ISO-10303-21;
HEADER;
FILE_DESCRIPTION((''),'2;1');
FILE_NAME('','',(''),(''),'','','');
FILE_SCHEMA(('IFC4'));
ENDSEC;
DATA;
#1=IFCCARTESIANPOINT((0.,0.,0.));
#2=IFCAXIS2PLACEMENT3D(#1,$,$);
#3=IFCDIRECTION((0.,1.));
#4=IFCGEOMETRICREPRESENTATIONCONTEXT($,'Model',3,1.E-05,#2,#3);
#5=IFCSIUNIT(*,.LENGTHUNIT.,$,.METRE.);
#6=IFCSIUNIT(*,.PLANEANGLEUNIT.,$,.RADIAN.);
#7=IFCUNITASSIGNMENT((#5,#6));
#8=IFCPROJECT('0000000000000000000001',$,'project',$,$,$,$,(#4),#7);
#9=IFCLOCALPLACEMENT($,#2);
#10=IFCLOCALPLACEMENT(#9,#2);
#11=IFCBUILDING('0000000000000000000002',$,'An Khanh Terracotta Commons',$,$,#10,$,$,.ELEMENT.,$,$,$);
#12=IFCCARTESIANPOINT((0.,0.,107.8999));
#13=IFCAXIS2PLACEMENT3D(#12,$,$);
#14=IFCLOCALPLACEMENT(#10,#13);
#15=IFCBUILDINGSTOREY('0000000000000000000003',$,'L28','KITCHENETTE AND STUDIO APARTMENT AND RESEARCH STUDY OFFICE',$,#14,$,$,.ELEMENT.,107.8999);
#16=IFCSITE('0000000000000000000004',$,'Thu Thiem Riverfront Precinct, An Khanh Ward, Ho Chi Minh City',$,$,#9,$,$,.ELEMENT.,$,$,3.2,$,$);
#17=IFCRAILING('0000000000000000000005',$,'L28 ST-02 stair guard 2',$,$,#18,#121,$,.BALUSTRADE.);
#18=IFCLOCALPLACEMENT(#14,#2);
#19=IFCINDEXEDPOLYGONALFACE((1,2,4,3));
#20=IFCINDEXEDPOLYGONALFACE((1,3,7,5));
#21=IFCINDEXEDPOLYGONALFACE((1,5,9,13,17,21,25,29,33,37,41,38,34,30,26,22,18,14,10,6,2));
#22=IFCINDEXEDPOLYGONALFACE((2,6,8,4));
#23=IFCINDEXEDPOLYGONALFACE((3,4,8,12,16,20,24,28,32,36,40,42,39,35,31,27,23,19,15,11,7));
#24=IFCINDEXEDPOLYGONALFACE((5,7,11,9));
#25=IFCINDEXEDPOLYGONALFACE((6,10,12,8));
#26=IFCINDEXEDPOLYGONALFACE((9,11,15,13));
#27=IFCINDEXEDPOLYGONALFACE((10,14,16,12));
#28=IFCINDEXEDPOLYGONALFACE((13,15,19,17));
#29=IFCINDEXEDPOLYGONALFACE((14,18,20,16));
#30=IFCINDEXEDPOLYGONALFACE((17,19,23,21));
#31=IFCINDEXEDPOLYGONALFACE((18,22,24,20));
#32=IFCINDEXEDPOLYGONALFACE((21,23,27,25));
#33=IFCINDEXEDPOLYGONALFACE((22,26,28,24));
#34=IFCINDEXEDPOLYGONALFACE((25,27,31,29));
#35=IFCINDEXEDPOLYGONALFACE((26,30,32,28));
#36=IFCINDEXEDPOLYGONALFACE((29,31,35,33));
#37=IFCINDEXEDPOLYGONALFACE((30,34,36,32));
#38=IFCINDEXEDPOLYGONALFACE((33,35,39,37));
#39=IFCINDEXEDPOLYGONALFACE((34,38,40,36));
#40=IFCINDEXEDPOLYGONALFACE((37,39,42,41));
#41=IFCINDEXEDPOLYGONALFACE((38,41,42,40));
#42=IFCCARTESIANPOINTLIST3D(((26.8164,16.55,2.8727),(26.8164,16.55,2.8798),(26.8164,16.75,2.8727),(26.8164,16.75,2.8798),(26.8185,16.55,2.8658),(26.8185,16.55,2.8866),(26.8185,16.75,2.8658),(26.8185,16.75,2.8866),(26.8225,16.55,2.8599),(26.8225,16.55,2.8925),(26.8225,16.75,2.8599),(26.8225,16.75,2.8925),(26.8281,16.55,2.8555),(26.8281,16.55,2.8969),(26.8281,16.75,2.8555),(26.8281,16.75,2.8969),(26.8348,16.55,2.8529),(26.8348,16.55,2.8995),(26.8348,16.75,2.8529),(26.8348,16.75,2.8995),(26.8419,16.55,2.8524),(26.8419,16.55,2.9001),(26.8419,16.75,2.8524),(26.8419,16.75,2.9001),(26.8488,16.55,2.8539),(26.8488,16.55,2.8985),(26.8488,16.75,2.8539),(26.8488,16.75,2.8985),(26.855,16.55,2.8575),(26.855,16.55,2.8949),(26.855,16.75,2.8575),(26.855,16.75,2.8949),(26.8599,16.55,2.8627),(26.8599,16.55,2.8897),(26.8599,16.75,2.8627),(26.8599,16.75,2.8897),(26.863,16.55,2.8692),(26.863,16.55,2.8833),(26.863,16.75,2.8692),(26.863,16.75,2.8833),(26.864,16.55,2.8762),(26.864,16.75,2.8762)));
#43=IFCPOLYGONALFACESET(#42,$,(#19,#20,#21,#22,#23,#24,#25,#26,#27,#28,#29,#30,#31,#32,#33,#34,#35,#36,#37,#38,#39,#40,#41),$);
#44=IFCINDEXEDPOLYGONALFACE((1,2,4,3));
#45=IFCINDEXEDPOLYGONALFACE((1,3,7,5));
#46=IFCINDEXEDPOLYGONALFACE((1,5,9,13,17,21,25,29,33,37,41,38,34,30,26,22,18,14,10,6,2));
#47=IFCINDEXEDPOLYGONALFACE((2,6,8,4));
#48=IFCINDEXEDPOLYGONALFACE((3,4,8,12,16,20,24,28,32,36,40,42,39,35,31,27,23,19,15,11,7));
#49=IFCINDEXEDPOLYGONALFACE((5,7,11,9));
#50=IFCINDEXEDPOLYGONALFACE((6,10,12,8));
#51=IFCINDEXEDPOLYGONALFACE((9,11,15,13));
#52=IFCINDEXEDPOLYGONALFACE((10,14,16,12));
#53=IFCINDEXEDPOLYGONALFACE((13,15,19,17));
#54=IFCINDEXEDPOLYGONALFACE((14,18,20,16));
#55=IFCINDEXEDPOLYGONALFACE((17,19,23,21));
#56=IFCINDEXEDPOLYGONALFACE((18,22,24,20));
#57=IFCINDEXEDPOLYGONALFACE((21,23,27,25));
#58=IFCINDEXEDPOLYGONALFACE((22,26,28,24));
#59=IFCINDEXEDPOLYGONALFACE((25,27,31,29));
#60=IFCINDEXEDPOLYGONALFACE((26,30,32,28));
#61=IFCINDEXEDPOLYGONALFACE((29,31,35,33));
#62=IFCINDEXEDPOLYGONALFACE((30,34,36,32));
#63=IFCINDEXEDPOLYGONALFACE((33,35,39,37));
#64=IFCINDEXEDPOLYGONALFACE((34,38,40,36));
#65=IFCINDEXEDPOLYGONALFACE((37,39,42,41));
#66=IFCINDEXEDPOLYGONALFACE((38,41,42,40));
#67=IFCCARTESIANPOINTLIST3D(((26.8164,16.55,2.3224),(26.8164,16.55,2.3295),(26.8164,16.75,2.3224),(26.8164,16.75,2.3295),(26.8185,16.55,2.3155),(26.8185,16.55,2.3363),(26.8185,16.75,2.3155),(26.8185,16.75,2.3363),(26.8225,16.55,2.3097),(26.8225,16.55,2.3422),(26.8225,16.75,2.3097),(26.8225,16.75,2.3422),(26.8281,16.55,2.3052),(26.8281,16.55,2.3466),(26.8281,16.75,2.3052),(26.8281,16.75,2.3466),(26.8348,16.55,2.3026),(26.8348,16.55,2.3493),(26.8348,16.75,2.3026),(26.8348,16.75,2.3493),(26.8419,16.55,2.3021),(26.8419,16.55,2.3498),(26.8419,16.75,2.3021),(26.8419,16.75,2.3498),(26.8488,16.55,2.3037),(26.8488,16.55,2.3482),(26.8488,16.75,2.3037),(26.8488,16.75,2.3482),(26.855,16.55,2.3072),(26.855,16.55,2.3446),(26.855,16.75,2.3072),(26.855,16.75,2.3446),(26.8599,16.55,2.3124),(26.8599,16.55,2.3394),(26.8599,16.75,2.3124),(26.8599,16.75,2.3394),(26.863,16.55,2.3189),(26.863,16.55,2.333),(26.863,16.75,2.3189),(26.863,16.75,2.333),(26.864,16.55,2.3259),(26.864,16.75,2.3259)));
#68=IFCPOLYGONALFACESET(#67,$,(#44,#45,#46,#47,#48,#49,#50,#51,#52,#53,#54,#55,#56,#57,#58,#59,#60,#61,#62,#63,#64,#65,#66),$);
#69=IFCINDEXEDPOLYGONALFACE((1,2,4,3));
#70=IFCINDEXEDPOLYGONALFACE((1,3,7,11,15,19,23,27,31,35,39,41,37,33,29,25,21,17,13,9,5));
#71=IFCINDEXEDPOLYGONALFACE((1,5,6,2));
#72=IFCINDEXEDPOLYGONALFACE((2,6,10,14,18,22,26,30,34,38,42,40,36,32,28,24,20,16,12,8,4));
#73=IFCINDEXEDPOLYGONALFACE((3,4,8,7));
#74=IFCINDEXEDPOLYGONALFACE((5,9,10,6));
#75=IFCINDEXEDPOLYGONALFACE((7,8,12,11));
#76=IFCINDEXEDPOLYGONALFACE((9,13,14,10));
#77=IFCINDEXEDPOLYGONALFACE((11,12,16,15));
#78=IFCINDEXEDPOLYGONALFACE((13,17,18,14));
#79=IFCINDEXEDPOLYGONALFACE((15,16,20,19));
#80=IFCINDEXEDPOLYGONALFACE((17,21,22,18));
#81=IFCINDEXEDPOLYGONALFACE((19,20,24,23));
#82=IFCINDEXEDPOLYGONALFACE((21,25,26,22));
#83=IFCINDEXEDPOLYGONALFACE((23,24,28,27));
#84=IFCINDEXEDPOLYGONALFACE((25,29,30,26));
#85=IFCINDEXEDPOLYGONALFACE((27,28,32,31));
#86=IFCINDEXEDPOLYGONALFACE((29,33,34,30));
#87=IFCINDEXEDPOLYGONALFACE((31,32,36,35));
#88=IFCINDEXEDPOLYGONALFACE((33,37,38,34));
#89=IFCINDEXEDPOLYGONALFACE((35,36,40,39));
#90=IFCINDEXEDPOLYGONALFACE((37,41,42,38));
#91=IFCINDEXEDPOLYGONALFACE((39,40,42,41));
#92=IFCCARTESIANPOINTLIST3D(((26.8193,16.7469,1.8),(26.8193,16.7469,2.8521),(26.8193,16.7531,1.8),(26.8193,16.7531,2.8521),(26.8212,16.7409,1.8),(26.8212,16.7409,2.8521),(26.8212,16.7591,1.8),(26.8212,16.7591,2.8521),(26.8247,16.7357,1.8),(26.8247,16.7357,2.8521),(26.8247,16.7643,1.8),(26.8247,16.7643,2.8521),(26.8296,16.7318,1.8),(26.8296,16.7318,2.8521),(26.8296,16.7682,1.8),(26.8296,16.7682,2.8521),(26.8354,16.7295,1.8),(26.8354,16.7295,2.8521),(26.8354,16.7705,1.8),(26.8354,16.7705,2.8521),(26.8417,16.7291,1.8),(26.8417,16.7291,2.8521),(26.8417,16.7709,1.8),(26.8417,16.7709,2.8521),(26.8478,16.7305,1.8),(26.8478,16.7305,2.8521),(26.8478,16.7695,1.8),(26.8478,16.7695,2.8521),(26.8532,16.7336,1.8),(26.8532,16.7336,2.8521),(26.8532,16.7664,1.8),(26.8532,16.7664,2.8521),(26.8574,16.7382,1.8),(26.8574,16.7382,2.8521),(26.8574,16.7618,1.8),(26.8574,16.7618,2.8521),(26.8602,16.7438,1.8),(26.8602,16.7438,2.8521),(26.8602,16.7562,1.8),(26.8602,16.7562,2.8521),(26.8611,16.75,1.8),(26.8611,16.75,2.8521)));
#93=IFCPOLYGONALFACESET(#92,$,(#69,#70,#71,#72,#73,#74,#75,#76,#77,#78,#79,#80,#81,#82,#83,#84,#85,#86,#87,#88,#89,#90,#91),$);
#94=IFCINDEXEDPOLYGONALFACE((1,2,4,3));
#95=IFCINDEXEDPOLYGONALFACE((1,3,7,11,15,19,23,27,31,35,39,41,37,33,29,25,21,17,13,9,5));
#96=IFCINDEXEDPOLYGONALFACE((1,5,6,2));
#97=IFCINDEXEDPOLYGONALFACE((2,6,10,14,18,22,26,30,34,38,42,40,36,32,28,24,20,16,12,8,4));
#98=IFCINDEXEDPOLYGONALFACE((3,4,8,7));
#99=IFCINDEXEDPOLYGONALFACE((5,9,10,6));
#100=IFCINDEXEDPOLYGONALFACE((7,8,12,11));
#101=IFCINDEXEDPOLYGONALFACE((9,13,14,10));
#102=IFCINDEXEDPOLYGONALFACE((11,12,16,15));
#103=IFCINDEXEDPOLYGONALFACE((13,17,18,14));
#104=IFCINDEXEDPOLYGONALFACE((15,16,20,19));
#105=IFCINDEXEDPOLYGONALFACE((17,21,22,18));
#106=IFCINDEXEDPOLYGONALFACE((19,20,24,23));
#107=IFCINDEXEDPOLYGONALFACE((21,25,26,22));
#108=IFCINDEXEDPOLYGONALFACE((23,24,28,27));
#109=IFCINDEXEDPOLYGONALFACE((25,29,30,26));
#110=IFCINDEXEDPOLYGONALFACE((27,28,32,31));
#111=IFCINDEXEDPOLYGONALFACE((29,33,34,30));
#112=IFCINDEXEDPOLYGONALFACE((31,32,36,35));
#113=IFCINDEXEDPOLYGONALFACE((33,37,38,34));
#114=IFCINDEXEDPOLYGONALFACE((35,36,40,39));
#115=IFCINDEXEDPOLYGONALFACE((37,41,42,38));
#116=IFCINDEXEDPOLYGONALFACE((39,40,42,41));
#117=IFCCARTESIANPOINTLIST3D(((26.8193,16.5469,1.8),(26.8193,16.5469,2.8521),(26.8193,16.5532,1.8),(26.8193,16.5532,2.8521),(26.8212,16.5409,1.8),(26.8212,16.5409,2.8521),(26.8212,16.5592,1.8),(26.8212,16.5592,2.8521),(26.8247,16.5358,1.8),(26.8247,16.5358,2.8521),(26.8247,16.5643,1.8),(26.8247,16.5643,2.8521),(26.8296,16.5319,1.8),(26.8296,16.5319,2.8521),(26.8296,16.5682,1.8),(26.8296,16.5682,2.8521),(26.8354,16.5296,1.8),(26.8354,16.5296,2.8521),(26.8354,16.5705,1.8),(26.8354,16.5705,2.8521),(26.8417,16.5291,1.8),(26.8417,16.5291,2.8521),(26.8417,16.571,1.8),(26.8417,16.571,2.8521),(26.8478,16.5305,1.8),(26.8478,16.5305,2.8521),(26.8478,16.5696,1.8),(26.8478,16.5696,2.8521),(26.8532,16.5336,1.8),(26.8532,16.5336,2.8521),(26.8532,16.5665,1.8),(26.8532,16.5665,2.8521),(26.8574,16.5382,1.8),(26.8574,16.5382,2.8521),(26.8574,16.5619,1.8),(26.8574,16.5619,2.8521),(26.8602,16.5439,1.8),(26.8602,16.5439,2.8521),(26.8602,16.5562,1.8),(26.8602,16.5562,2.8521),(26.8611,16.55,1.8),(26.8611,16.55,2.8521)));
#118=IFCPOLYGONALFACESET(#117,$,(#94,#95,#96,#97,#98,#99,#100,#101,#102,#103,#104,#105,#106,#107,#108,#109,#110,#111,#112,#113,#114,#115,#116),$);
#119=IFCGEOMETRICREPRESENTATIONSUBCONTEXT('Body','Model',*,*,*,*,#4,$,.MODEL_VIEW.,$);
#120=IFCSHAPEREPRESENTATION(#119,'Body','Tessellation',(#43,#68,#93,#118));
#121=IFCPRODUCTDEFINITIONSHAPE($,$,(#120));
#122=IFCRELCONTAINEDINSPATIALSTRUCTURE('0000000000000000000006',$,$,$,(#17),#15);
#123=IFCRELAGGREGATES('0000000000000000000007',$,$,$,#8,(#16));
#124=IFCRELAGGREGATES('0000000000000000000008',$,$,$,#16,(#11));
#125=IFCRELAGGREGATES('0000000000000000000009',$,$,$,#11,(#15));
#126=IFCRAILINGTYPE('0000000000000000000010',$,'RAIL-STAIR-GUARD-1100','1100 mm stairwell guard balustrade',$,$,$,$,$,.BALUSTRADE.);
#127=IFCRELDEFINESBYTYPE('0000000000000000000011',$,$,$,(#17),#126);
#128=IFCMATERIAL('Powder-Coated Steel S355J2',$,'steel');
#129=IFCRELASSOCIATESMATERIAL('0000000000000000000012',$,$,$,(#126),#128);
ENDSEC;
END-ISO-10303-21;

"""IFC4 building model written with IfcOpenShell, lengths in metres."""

from ifc_helpers import new_model, si_unit, direction, frame, origin, origin_2d, place, context, subcontext, project, spatial, circle, extrude, material, type_object, element, save


model = new_model("IFC4")

# Units and contexts
model_context = context("Model", 3, precision=1e-05, world=origin(), true_north=direction((0.0, 1.0)))
body_context = subcontext(model_context, "Body", "Model", "MODEL_VIEW")
ifc_project = project(units=[si_unit("LENGTHUNIT", "METRE"), si_unit("PLANEANGLEUNIT", "RADIAN")], contexts=[model_context])

# Site, building, storey
site_placement = place(None, origin())
site = spatial("IfcSite", under=ifc_project, at=site_placement, Name="Thu Thiem Riverfront Precinct, An Khanh Ward, Ho Chi Minh City", CompositionType="ELEMENT", RefElevation=3.2)
building_placement = place(site_placement, origin())
building = spatial("IfcBuilding", under=site, at=building_placement, Name="An Khanh Terracotta Commons", CompositionType="ELEMENT")
storey_placement = place(building_placement, frame((0.0, 0.0, 107.8999)))
storey = spatial("IfcBuildingStorey", under=building, at=storey_placement, Name="L28", Description="KITCHENETTE AND STUDIO APARTMENT AND RESEARCH STUDY OFFICE", CompositionType="ELEMENT", Elevation=107.8999)

# Railing
ifc_material_1 = material(Name="Powder-Coated Steel S355J2", Category="steel")
railing_type_1 = type_object("IfcRailingType", Name="RAIL-STAIR-GUARD-1100", Description="1100 mm stairwell guard balustrade", PredefinedType="BALUSTRADE", material=ifc_material_1)
railing_1_placement = place(storey_placement, frame((26.8401, 16.75, 1.8)))
element("IfcRailing", 1, at=railing_1_placement, inside=storey, type_object=railing_type_1, Name="L28 ST-02 stair guard 2", PredefinedType="BALUSTRADE", context=body_context, shape_type="SweptSolid", body=[
    extrude(circle(Radius=0.0239, at=origin_2d()), frame((0.0, 0.0, 1.0762), z_axis=(0.0, -1.0, 0.0), x_axis=(1.0, 0.0, 0.0)), (0.0, 0.0, 1.0), 0.2),
    extrude(circle(Radius=0.0239, at=origin_2d()), frame((0.0, 0.0, 0.5259), z_axis=(0.0, -1.0, 0.0), x_axis=(1.0, 0.0, 0.0)), (0.0, 0.0, 1.0), 0.2),
    extrude(circle(Radius=0.021, at=origin_2d()), origin(), (0.0, 0.0, 1.0), 1.052),
    extrude(circle(Radius=0.021, at=origin_2d()), frame((0.0, -0.2, 0.0)), (0.0, 0.0, 1.0), 1.052),
])

save(model, "model.ifc")
